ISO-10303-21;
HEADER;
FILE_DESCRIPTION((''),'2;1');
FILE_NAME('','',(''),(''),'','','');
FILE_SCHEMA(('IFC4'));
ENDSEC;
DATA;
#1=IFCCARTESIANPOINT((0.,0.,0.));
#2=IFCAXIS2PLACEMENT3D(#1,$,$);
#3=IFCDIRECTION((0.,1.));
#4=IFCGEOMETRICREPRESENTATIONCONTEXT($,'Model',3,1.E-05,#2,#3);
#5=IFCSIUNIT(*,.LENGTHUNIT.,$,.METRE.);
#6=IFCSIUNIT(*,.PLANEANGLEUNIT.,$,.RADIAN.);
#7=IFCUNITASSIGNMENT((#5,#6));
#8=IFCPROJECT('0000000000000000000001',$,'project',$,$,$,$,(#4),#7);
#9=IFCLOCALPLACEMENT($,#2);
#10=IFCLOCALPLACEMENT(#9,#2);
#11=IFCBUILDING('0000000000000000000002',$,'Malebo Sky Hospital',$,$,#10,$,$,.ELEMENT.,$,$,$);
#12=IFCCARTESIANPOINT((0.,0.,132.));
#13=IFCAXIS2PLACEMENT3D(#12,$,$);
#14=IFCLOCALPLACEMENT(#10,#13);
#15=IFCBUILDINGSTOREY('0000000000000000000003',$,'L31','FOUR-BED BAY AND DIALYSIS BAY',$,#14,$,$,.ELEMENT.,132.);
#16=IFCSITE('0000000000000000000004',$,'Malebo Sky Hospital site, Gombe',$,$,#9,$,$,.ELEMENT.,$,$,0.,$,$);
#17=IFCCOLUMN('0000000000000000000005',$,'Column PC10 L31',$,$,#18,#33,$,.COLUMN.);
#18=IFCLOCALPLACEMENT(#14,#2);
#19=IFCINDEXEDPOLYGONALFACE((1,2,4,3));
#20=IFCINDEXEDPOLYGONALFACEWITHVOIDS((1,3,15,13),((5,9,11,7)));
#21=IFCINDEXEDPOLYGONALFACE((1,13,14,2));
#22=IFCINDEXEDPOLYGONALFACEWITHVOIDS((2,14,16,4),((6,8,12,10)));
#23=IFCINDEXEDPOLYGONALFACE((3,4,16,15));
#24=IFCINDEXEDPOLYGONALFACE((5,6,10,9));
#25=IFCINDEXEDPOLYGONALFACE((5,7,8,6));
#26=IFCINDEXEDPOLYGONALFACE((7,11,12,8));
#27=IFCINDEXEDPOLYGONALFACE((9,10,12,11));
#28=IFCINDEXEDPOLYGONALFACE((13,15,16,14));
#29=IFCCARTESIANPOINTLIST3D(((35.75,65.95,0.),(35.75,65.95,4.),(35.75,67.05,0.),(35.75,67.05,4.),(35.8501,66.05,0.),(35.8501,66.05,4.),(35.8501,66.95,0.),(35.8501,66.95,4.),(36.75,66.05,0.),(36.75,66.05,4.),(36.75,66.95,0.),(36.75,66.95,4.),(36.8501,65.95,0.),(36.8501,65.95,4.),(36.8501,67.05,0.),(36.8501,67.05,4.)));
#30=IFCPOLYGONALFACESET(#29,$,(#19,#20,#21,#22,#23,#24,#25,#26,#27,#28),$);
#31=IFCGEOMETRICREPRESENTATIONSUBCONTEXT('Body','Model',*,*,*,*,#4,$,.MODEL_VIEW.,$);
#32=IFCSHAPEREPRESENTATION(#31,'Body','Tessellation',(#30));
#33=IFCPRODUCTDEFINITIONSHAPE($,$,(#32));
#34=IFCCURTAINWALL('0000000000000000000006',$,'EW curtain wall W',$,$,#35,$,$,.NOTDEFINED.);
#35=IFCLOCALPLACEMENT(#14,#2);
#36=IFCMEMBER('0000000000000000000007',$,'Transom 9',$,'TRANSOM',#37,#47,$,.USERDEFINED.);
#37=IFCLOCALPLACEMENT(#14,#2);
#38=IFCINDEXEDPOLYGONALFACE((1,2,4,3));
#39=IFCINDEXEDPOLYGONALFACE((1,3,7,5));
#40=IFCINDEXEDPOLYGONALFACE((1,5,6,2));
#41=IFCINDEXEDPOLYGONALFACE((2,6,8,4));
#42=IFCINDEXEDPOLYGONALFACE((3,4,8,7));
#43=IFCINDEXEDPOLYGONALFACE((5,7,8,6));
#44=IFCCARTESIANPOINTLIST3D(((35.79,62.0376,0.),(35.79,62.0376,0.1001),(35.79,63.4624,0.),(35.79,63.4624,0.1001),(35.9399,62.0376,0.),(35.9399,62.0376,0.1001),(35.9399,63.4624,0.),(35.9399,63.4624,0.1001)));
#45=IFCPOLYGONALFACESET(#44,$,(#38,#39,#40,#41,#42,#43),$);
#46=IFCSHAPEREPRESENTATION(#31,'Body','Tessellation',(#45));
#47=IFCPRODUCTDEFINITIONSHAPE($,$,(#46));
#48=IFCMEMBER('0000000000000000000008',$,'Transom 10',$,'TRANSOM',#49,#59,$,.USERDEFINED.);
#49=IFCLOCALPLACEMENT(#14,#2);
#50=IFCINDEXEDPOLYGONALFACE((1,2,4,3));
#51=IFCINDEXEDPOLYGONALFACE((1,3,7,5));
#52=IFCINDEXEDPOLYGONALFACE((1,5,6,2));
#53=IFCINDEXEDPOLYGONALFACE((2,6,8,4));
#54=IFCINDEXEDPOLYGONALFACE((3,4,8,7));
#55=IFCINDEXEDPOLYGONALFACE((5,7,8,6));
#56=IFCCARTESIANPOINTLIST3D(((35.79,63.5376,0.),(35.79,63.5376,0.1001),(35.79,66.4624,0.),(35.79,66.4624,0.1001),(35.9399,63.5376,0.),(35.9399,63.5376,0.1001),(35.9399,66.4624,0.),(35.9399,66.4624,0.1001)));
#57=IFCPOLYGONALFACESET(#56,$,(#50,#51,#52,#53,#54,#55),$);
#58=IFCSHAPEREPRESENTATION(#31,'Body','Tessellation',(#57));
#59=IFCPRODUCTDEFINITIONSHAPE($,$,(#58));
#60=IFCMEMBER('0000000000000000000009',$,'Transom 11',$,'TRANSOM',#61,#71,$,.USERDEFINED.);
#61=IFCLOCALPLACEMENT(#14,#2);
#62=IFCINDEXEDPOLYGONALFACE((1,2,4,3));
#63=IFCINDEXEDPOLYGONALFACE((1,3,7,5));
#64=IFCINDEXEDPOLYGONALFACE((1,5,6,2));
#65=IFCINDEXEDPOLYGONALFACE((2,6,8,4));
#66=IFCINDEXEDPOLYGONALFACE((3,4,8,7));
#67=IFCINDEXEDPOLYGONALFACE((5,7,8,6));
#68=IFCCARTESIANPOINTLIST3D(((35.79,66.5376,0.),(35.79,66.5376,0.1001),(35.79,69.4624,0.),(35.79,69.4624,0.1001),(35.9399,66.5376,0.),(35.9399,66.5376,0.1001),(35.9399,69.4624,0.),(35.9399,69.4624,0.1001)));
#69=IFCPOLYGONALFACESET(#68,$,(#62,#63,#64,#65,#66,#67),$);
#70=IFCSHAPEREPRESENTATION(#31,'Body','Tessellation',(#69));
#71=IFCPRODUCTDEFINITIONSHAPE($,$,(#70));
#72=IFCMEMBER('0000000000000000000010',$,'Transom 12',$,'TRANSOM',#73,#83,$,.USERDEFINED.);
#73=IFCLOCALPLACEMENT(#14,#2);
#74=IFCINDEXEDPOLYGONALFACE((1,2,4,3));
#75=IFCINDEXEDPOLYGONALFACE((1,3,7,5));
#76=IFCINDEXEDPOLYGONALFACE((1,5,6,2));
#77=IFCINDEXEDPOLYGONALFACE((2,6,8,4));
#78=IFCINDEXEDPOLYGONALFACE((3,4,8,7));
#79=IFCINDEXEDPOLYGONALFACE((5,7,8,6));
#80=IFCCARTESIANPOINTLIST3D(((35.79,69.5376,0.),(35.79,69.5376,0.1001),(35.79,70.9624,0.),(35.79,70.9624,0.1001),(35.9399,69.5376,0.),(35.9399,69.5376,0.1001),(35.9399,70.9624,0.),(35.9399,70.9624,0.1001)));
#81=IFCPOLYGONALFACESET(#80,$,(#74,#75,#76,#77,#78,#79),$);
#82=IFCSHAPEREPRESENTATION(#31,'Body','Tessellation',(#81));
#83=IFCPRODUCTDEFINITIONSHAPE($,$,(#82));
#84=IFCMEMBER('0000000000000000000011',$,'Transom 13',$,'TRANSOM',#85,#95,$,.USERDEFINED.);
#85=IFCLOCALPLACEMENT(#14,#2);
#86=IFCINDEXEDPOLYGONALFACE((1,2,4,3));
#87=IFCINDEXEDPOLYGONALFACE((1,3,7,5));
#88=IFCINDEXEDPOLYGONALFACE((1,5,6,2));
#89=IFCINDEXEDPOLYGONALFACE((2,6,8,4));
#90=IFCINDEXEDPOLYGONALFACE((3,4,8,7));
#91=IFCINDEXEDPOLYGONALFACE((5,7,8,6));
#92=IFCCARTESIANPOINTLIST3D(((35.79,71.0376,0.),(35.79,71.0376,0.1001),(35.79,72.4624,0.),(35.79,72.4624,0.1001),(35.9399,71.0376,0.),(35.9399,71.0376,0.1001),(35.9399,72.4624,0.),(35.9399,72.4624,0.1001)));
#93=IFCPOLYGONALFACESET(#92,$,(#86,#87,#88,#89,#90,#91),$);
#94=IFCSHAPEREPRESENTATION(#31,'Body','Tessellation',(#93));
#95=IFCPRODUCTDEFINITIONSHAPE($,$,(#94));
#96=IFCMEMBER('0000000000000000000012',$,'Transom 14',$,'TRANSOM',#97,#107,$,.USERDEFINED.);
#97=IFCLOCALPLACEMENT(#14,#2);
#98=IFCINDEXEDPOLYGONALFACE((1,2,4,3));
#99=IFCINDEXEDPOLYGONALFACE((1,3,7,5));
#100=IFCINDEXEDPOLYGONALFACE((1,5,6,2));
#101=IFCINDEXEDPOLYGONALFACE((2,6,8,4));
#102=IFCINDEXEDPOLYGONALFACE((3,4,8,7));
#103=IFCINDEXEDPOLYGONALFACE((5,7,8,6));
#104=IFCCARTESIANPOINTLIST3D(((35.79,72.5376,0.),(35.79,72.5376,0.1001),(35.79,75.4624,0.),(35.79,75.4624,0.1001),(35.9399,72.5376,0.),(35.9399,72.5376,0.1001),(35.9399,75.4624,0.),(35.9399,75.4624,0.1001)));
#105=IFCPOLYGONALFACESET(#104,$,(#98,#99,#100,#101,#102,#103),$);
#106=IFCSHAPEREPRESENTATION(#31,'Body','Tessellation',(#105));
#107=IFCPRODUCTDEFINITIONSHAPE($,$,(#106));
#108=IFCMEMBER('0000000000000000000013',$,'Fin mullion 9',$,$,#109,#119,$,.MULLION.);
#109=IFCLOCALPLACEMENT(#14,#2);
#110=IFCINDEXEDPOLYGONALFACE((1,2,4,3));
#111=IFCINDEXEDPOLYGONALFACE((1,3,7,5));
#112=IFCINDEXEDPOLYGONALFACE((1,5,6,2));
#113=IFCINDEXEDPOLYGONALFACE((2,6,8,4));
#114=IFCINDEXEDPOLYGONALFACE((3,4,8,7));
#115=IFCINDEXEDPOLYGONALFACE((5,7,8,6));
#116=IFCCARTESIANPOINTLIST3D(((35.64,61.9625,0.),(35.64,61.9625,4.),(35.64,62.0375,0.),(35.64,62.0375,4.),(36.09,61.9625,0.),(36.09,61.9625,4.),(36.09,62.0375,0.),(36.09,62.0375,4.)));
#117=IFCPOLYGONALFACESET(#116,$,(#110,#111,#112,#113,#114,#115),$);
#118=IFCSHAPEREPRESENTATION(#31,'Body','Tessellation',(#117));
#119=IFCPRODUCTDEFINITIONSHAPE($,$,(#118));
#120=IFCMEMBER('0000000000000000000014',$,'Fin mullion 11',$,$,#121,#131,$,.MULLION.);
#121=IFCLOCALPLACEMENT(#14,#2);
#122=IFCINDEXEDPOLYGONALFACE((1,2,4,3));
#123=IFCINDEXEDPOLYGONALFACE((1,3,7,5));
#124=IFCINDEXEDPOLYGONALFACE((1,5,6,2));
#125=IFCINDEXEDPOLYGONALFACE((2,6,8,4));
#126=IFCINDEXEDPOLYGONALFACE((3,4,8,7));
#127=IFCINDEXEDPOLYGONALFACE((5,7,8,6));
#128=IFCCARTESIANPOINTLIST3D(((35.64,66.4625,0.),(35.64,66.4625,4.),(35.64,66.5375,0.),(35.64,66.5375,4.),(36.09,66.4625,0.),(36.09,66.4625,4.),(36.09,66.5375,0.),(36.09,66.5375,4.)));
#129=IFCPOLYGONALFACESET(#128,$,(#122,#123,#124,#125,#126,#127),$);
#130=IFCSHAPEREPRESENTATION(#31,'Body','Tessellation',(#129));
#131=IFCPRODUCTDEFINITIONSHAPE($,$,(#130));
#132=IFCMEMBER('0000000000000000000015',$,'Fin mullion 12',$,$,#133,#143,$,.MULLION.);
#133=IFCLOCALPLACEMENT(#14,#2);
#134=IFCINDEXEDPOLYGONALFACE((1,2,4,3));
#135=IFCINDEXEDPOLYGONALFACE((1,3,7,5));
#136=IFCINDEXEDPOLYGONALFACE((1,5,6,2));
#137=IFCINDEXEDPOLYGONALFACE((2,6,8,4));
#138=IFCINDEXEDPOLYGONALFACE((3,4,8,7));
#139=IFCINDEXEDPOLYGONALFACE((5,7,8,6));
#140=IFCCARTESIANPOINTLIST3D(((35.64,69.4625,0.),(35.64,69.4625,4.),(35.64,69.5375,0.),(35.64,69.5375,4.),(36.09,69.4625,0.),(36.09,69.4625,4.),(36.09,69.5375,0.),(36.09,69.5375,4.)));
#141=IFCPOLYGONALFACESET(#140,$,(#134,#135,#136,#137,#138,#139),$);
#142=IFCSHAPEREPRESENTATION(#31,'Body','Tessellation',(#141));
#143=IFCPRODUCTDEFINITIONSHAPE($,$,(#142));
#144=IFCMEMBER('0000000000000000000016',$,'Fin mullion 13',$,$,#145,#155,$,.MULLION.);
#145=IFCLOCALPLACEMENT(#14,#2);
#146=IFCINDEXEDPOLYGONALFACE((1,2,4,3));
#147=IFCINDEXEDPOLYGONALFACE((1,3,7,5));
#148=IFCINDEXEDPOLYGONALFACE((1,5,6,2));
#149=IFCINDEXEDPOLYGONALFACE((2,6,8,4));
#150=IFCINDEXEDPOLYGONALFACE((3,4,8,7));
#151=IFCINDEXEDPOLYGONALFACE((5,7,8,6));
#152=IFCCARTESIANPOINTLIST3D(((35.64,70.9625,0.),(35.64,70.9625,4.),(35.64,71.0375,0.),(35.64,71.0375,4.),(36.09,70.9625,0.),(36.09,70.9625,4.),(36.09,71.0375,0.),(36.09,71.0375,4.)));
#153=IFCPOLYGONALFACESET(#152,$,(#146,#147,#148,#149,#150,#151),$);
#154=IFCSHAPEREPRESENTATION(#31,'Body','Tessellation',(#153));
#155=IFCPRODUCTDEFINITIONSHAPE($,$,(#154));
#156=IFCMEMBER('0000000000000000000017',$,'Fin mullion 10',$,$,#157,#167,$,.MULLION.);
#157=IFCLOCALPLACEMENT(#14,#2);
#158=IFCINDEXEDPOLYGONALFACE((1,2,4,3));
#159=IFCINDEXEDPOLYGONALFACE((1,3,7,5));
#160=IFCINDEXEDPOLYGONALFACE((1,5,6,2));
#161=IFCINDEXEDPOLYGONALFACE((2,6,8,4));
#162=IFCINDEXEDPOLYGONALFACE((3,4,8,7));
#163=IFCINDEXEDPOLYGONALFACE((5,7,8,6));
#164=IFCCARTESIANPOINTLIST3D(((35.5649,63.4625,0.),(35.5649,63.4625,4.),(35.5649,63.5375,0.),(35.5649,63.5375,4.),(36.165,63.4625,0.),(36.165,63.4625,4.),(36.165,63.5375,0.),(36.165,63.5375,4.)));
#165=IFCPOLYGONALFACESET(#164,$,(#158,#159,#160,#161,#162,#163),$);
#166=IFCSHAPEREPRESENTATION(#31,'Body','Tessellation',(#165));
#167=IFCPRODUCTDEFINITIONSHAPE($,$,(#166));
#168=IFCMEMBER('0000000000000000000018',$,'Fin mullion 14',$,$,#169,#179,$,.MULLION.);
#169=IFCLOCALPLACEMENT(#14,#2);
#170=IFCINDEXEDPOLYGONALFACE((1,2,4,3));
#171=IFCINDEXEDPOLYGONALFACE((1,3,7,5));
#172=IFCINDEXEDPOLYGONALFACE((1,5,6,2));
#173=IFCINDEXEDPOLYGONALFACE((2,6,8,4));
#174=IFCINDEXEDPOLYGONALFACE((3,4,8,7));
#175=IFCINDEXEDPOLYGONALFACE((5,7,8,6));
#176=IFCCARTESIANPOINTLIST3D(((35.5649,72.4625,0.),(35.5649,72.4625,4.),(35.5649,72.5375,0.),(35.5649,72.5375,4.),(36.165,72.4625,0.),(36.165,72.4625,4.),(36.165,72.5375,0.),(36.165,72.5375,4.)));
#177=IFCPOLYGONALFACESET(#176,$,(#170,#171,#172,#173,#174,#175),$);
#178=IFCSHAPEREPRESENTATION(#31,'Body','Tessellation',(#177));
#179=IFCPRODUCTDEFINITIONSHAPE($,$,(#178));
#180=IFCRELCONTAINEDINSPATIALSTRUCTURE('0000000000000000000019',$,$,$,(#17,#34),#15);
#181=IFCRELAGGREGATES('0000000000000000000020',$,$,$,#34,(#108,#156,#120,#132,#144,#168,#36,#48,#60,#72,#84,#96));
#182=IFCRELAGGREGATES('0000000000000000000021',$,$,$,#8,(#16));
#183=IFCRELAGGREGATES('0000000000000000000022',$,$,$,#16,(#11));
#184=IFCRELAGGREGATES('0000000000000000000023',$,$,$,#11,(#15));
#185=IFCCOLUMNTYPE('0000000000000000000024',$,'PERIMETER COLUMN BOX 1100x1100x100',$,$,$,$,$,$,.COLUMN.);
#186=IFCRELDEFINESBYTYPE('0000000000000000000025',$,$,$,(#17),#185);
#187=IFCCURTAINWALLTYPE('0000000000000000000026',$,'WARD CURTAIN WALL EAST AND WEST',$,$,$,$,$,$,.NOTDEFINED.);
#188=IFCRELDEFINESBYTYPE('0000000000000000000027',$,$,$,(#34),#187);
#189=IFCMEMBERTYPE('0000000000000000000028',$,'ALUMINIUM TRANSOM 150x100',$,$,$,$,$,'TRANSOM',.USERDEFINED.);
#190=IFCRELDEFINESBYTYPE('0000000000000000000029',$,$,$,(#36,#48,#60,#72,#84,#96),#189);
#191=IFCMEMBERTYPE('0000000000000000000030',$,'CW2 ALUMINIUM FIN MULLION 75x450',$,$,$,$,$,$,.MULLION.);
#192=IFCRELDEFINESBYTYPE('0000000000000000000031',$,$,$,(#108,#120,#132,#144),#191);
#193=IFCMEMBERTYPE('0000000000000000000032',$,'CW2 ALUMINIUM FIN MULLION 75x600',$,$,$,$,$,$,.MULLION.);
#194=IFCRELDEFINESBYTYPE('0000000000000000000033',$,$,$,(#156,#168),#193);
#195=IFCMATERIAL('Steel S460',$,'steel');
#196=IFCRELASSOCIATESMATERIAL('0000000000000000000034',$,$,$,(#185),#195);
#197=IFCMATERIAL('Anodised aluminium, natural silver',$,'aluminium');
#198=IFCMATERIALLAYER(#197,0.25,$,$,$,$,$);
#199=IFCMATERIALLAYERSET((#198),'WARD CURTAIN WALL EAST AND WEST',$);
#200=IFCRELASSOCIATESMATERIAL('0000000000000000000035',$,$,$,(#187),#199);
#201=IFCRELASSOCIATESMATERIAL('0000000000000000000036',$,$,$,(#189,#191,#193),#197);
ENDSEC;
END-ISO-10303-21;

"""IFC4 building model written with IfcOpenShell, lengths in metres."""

from ifc_helpers import new_model, si_unit, direction, frame, origin, origin_2d, place, context, subcontext, project, spatial, rectangle, hollow_rectangle, extrude, material, layer, layer_set, material_profile, profile_set, type_object, element, aggregate, save


model = new_model("IFC4")

# Units and contexts
model_context = context("Model", 3, precision=1e-05, world=origin(), true_north=direction((0.0, 1.0)))
body_context = subcontext(model_context, "Body", "Model", "MODEL_VIEW")
ifc_project = project(units=[si_unit("LENGTHUNIT", "METRE"), si_unit("PLANEANGLEUNIT", "RADIAN")], contexts=[model_context])

# Site, building, storey
site_placement = place(None, origin())
site = spatial("IfcSite", under=ifc_project, at=site_placement, Name="Malebo Sky Hospital site, Gombe", CompositionType="ELEMENT", RefElevation=0.0)
building_placement = place(site_placement, origin())
building = spatial("IfcBuilding", under=site, at=building_placement, Name="Malebo Sky Hospital", CompositionType="ELEMENT")
storey_placement = place(building_placement, frame((0.0, 0.0, 132.0)))
storey = spatial("IfcBuildingStorey", under=building, at=storey_placement, Name="L31", Description="FOUR-BED BAY AND DIALYSIS BAY", CompositionType="ELEMENT", Elevation=132.0)

# Column
ifc_material_1 = material(Name="Steel S460", Category="steel")
ifc_material_profile_1 = material_profile(ifc_material_1, hollow_rectangle(XDim=1.1001, YDim=1.1001, WallThickness=0.1001, at=origin_2d()), Name="BOX 1100x1100x100")
ifc_profile_set_1 = profile_set([ifc_material_profile_1], Name="Steel S460")
column_type = type_object("IfcColumnType", Name="PERIMETER COLUMN BOX 1100x1100x100", PredefinedType="COLUMN", material=ifc_profile_set_1)
column_placement = place(storey_placement, frame((36.3, 66.5, 0.0), z_axis=(0.0, 0.0, 1.0), x_axis=(1.0, 0.0, 0.0)))
element("IfcColumn", 1, at=column_placement, inside=storey, type_object=column_type, Name="Column PC10 L31", PredefinedType="COLUMN", context=body_context, shape_type="SweptSolid", body=[
    extrude(hollow_rectangle(XDim=1.1001, YDim=1.1001, WallThickness=0.1001, at=origin_2d()), origin(), (0.0, 0.0, 1.0), 4.0),
])

# Curtain wall, members
ifc_material_2 = material(Name="Anodised aluminium, natural silver", Category="aluminium")
ifc_layer_1 = layer(ifc_material_2, 0.25)
ifc_layer_set_1 = layer_set([ifc_layer_1], Name="WARD CURTAIN WALL EAST AND WEST")
curtain_wall_type = type_object("IfcCurtainWallType", Name="WARD CURTAIN WALL EAST AND WEST", PredefinedType="NOTDEFINED", material=ifc_layer_set_1)
curtain_wall_placement = place(storey_placement, origin())
curtain_wall = element("IfcCurtainWall", 2, at=curtain_wall_placement, inside=storey, type_object=curtain_wall_type, Name="EW curtain wall W", PredefinedType="NOTDEFINED")
ifc_material_profile_2 = material_profile(ifc_material_2, rectangle(XDim=0.1499, YDim=0.1001, at=origin_2d()), Name="ALUMINIUM TRANSOM 150x100")
ifc_profile_set_2 = profile_set([ifc_material_profile_2], Name="Anodised aluminium, natural silver")
member_type_1 = type_object("IfcMemberType", Name="ALUMINIUM TRANSOM 150x100", ElementType="TRANSOM", PredefinedType="USERDEFINED", material=ifc_profile_set_2)
member_1_placement = place(storey_placement, frame((35.865, 62.0376, 0.05), z_axis=(0.0, 1.0, 0.0), x_axis=(-1.0, 0.0, 0.0)))
member_1 = element("IfcMember", 3, at=member_1_placement, type_object=member_type_1, Name="Transom 9", ObjectType="TRANSOM", PredefinedType="USERDEFINED", context=body_context, shape_type="SweptSolid", body=[
    extrude(rectangle(XDim=0.1499, YDim=0.1001, at=origin_2d()), origin(), (0.0, 0.0, 1.0), 1.4248),
])
member_2_placement = place(storey_placement, frame((35.865, 63.5376, 0.05), z_axis=(0.0, 1.0, 0.0), x_axis=(-1.0, 0.0, 0.0)))
member_2 = element("IfcMember", 4, at=member_2_placement, type_object=member_type_1, Name="Transom 10", ObjectType="TRANSOM", PredefinedType="USERDEFINED", context=body_context, shape_type="SweptSolid", body=[
    extrude(rectangle(XDim=0.1499, YDim=0.1001, at=origin_2d()), origin(), (0.0, 0.0, 1.0), 2.9248),
])
member_3_placement = place(storey_placement, frame((35.865, 66.5376, 0.05), z_axis=(0.0, 1.0, 0.0), x_axis=(-1.0, 0.0, 0.0)))
member_3 = element("IfcMember", 5, at=member_3_placement, type_object=member_type_1, Name="Transom 11", ObjectType="TRANSOM", PredefinedType="USERDEFINED", context=body_context, shape_type="SweptSolid", body=[
    extrude(rectangle(XDim=0.1499, YDim=0.1001, at=origin_2d()), origin(), (0.0, 0.0, 1.0), 2.9248),
])
member_4_placement = place(storey_placement, frame((35.865, 69.5376, 0.05), z_axis=(0.0, 1.0, 0.0), x_axis=(-1.0, 0.0, 0.0)))
member_4 = element("IfcMember", 6, at=member_4_placement, type_object=member_type_1, Name="Transom 12", ObjectType="TRANSOM", PredefinedType="USERDEFINED", context=body_context, shape_type="SweptSolid", body=[
    extrude(rectangle(XDim=0.1499, YDim=0.1001, at=origin_2d()), origin(), (0.0, 0.0, 1.0), 1.4248),
])
member_5_placement = place(storey_placement, frame((35.865, 71.0376, 0.05), z_axis=(0.0, 1.0, 0.0), x_axis=(-1.0, 0.0, 0.0)))
member_5 = element("IfcMember", 7, at=member_5_placement, type_object=member_type_1, Name="Transom 13", ObjectType="TRANSOM", PredefinedType="USERDEFINED", context=body_context, shape_type="SweptSolid", body=[
    extrude(rectangle(XDim=0.1499, YDim=0.1001, at=origin_2d()), origin(), (0.0, 0.0, 1.0), 1.4248),
])
member_6_placement = place(storey_placement, frame((35.865, 72.5376, 0.05), z_axis=(0.0, 1.0, 0.0), x_axis=(-1.0, 0.0, 0.0)))
member_6 = element("IfcMember", 8, at=member_6_placement, type_object=member_type_1, Name="Transom 14", ObjectType="TRANSOM", PredefinedType="USERDEFINED", context=body_context, shape_type="SweptSolid", body=[
    extrude(rectangle(XDim=0.1499, YDim=0.1001, at=origin_2d()), origin(), (0.0, 0.0, 1.0), 2.9248),
])
ifc_material_profile_3 = material_profile(ifc_material_2, rectangle(XDim=0.075, YDim=0.45, at=origin_2d()), Name="CW2 ALUMINIUM FIN MULLION 75x450")
ifc_profile_set_3 = profile_set([ifc_material_profile_3], Name="Anodised aluminium, natural silver")
member_type_2 = type_object("IfcMemberType", Name="CW2 ALUMINIUM FIN MULLION 75x450", PredefinedType="MULLION", material=ifc_profile_set_3)
member_7_placement = place(storey_placement, frame((35.865, 62.0, 0.0), z_axis=(0.0, 0.0, 1.0), x_axis=(0.0, 1.0, 0.0)))
member_7 = element("IfcMember", 9, at=member_7_placement, type_object=member_type_2, Name="Fin mullion 9", PredefinedType="MULLION", context=body_context, shape_type="SweptSolid", body=[
    extrude(rectangle(XDim=0.075, YDim=0.45, at=origin_2d()), origin(), (0.0, 0.0, 1.0), 4.0),
])
member_8_placement = place(storey_placement, frame((35.865, 66.5, 0.0), z_axis=(0.0, 0.0, 1.0), x_axis=(0.0, 1.0, 0.0)))
member_8 = element("IfcMember", 10, at=member_8_placement, type_object=member_type_2, Name="Fin mullion 11", PredefinedType="MULLION", context=body_context, shape_type="SweptSolid", body=[
    extrude(rectangle(XDim=0.075, YDim=0.45, at=origin_2d()), origin(), (0.0, 0.0, 1.0), 4.0),
])
member_9_placement = place(storey_placement, frame((35.865, 69.5, 0.0), z_axis=(0.0, 0.0, 1.0), x_axis=(0.0, 1.0, 0.0)))
member_9 = element("IfcMember", 11, at=member_9_placement, type_object=member_type_2, Name="Fin mullion 12", PredefinedType="MULLION", context=body_context, shape_type="SweptSolid", body=[
    extrude(rectangle(XDim=0.075, YDim=0.45, at=origin_2d()), origin(), (0.0, 0.0, 1.0), 4.0),
])
member_10_placement = place(storey_placement, frame((35.865, 71.0, 0.0), z_axis=(0.0, 0.0, 1.0), x_axis=(0.0, 1.0, 0.0)))
member_10 = element("IfcMember", 12, at=member_10_placement, type_object=member_type_2, Name="Fin mullion 13", PredefinedType="MULLION", context=body_context, shape_type="SweptSolid", body=[
    extrude(rectangle(XDim=0.075, YDim=0.45, at=origin_2d()), origin(), (0.0, 0.0, 1.0), 4.0),
])
ifc_material_profile_4 = material_profile(ifc_material_2, rectangle(XDim=0.075, YDim=0.6001, at=origin_2d()), Name="CW2 ALUMINIUM FIN MULLION 75x600")
ifc_profile_set_4 = profile_set([ifc_material_profile_4], Name="Anodised aluminium, natural silver")
member_type_3 = type_object("IfcMemberType", Name="CW2 ALUMINIUM FIN MULLION 75x600", PredefinedType="MULLION", material=ifc_profile_set_4)
member_11_placement = place(storey_placement, frame((35.865, 63.5, 0.0), z_axis=(0.0, 0.0, 1.0), x_axis=(0.0, 1.0, 0.0)))
member_11 = element("IfcMember", 13, at=member_11_placement, type_object=member_type_3, Name="Fin mullion 10", PredefinedType="MULLION", context=body_context, shape_type="SweptSolid", body=[
    extrude(rectangle(XDim=0.075, YDim=0.6001, at=origin_2d()), origin(), (0.0, 0.0, 1.0), 4.0),
])
member_12_placement = place(storey_placement, frame((35.865, 72.5, 0.0), z_axis=(0.0, 0.0, 1.0), x_axis=(0.0, 1.0, 0.0)))
member_12 = element("IfcMember", 14, at=member_12_placement, type_object=member_type_3, Name="Fin mullion 14", PredefinedType="MULLION", context=body_context, shape_type="SweptSolid", body=[
    extrude(rectangle(XDim=0.075, YDim=0.6001, at=origin_2d()), origin(), (0.0, 0.0, 1.0), 4.0),
])

aggregate(curtain_wall, [member_7, member_11, member_8, member_9, member_10, member_12, member_1, member_2, member_3, member_4, member_5, member_6])

save(model, "model.ifc")
